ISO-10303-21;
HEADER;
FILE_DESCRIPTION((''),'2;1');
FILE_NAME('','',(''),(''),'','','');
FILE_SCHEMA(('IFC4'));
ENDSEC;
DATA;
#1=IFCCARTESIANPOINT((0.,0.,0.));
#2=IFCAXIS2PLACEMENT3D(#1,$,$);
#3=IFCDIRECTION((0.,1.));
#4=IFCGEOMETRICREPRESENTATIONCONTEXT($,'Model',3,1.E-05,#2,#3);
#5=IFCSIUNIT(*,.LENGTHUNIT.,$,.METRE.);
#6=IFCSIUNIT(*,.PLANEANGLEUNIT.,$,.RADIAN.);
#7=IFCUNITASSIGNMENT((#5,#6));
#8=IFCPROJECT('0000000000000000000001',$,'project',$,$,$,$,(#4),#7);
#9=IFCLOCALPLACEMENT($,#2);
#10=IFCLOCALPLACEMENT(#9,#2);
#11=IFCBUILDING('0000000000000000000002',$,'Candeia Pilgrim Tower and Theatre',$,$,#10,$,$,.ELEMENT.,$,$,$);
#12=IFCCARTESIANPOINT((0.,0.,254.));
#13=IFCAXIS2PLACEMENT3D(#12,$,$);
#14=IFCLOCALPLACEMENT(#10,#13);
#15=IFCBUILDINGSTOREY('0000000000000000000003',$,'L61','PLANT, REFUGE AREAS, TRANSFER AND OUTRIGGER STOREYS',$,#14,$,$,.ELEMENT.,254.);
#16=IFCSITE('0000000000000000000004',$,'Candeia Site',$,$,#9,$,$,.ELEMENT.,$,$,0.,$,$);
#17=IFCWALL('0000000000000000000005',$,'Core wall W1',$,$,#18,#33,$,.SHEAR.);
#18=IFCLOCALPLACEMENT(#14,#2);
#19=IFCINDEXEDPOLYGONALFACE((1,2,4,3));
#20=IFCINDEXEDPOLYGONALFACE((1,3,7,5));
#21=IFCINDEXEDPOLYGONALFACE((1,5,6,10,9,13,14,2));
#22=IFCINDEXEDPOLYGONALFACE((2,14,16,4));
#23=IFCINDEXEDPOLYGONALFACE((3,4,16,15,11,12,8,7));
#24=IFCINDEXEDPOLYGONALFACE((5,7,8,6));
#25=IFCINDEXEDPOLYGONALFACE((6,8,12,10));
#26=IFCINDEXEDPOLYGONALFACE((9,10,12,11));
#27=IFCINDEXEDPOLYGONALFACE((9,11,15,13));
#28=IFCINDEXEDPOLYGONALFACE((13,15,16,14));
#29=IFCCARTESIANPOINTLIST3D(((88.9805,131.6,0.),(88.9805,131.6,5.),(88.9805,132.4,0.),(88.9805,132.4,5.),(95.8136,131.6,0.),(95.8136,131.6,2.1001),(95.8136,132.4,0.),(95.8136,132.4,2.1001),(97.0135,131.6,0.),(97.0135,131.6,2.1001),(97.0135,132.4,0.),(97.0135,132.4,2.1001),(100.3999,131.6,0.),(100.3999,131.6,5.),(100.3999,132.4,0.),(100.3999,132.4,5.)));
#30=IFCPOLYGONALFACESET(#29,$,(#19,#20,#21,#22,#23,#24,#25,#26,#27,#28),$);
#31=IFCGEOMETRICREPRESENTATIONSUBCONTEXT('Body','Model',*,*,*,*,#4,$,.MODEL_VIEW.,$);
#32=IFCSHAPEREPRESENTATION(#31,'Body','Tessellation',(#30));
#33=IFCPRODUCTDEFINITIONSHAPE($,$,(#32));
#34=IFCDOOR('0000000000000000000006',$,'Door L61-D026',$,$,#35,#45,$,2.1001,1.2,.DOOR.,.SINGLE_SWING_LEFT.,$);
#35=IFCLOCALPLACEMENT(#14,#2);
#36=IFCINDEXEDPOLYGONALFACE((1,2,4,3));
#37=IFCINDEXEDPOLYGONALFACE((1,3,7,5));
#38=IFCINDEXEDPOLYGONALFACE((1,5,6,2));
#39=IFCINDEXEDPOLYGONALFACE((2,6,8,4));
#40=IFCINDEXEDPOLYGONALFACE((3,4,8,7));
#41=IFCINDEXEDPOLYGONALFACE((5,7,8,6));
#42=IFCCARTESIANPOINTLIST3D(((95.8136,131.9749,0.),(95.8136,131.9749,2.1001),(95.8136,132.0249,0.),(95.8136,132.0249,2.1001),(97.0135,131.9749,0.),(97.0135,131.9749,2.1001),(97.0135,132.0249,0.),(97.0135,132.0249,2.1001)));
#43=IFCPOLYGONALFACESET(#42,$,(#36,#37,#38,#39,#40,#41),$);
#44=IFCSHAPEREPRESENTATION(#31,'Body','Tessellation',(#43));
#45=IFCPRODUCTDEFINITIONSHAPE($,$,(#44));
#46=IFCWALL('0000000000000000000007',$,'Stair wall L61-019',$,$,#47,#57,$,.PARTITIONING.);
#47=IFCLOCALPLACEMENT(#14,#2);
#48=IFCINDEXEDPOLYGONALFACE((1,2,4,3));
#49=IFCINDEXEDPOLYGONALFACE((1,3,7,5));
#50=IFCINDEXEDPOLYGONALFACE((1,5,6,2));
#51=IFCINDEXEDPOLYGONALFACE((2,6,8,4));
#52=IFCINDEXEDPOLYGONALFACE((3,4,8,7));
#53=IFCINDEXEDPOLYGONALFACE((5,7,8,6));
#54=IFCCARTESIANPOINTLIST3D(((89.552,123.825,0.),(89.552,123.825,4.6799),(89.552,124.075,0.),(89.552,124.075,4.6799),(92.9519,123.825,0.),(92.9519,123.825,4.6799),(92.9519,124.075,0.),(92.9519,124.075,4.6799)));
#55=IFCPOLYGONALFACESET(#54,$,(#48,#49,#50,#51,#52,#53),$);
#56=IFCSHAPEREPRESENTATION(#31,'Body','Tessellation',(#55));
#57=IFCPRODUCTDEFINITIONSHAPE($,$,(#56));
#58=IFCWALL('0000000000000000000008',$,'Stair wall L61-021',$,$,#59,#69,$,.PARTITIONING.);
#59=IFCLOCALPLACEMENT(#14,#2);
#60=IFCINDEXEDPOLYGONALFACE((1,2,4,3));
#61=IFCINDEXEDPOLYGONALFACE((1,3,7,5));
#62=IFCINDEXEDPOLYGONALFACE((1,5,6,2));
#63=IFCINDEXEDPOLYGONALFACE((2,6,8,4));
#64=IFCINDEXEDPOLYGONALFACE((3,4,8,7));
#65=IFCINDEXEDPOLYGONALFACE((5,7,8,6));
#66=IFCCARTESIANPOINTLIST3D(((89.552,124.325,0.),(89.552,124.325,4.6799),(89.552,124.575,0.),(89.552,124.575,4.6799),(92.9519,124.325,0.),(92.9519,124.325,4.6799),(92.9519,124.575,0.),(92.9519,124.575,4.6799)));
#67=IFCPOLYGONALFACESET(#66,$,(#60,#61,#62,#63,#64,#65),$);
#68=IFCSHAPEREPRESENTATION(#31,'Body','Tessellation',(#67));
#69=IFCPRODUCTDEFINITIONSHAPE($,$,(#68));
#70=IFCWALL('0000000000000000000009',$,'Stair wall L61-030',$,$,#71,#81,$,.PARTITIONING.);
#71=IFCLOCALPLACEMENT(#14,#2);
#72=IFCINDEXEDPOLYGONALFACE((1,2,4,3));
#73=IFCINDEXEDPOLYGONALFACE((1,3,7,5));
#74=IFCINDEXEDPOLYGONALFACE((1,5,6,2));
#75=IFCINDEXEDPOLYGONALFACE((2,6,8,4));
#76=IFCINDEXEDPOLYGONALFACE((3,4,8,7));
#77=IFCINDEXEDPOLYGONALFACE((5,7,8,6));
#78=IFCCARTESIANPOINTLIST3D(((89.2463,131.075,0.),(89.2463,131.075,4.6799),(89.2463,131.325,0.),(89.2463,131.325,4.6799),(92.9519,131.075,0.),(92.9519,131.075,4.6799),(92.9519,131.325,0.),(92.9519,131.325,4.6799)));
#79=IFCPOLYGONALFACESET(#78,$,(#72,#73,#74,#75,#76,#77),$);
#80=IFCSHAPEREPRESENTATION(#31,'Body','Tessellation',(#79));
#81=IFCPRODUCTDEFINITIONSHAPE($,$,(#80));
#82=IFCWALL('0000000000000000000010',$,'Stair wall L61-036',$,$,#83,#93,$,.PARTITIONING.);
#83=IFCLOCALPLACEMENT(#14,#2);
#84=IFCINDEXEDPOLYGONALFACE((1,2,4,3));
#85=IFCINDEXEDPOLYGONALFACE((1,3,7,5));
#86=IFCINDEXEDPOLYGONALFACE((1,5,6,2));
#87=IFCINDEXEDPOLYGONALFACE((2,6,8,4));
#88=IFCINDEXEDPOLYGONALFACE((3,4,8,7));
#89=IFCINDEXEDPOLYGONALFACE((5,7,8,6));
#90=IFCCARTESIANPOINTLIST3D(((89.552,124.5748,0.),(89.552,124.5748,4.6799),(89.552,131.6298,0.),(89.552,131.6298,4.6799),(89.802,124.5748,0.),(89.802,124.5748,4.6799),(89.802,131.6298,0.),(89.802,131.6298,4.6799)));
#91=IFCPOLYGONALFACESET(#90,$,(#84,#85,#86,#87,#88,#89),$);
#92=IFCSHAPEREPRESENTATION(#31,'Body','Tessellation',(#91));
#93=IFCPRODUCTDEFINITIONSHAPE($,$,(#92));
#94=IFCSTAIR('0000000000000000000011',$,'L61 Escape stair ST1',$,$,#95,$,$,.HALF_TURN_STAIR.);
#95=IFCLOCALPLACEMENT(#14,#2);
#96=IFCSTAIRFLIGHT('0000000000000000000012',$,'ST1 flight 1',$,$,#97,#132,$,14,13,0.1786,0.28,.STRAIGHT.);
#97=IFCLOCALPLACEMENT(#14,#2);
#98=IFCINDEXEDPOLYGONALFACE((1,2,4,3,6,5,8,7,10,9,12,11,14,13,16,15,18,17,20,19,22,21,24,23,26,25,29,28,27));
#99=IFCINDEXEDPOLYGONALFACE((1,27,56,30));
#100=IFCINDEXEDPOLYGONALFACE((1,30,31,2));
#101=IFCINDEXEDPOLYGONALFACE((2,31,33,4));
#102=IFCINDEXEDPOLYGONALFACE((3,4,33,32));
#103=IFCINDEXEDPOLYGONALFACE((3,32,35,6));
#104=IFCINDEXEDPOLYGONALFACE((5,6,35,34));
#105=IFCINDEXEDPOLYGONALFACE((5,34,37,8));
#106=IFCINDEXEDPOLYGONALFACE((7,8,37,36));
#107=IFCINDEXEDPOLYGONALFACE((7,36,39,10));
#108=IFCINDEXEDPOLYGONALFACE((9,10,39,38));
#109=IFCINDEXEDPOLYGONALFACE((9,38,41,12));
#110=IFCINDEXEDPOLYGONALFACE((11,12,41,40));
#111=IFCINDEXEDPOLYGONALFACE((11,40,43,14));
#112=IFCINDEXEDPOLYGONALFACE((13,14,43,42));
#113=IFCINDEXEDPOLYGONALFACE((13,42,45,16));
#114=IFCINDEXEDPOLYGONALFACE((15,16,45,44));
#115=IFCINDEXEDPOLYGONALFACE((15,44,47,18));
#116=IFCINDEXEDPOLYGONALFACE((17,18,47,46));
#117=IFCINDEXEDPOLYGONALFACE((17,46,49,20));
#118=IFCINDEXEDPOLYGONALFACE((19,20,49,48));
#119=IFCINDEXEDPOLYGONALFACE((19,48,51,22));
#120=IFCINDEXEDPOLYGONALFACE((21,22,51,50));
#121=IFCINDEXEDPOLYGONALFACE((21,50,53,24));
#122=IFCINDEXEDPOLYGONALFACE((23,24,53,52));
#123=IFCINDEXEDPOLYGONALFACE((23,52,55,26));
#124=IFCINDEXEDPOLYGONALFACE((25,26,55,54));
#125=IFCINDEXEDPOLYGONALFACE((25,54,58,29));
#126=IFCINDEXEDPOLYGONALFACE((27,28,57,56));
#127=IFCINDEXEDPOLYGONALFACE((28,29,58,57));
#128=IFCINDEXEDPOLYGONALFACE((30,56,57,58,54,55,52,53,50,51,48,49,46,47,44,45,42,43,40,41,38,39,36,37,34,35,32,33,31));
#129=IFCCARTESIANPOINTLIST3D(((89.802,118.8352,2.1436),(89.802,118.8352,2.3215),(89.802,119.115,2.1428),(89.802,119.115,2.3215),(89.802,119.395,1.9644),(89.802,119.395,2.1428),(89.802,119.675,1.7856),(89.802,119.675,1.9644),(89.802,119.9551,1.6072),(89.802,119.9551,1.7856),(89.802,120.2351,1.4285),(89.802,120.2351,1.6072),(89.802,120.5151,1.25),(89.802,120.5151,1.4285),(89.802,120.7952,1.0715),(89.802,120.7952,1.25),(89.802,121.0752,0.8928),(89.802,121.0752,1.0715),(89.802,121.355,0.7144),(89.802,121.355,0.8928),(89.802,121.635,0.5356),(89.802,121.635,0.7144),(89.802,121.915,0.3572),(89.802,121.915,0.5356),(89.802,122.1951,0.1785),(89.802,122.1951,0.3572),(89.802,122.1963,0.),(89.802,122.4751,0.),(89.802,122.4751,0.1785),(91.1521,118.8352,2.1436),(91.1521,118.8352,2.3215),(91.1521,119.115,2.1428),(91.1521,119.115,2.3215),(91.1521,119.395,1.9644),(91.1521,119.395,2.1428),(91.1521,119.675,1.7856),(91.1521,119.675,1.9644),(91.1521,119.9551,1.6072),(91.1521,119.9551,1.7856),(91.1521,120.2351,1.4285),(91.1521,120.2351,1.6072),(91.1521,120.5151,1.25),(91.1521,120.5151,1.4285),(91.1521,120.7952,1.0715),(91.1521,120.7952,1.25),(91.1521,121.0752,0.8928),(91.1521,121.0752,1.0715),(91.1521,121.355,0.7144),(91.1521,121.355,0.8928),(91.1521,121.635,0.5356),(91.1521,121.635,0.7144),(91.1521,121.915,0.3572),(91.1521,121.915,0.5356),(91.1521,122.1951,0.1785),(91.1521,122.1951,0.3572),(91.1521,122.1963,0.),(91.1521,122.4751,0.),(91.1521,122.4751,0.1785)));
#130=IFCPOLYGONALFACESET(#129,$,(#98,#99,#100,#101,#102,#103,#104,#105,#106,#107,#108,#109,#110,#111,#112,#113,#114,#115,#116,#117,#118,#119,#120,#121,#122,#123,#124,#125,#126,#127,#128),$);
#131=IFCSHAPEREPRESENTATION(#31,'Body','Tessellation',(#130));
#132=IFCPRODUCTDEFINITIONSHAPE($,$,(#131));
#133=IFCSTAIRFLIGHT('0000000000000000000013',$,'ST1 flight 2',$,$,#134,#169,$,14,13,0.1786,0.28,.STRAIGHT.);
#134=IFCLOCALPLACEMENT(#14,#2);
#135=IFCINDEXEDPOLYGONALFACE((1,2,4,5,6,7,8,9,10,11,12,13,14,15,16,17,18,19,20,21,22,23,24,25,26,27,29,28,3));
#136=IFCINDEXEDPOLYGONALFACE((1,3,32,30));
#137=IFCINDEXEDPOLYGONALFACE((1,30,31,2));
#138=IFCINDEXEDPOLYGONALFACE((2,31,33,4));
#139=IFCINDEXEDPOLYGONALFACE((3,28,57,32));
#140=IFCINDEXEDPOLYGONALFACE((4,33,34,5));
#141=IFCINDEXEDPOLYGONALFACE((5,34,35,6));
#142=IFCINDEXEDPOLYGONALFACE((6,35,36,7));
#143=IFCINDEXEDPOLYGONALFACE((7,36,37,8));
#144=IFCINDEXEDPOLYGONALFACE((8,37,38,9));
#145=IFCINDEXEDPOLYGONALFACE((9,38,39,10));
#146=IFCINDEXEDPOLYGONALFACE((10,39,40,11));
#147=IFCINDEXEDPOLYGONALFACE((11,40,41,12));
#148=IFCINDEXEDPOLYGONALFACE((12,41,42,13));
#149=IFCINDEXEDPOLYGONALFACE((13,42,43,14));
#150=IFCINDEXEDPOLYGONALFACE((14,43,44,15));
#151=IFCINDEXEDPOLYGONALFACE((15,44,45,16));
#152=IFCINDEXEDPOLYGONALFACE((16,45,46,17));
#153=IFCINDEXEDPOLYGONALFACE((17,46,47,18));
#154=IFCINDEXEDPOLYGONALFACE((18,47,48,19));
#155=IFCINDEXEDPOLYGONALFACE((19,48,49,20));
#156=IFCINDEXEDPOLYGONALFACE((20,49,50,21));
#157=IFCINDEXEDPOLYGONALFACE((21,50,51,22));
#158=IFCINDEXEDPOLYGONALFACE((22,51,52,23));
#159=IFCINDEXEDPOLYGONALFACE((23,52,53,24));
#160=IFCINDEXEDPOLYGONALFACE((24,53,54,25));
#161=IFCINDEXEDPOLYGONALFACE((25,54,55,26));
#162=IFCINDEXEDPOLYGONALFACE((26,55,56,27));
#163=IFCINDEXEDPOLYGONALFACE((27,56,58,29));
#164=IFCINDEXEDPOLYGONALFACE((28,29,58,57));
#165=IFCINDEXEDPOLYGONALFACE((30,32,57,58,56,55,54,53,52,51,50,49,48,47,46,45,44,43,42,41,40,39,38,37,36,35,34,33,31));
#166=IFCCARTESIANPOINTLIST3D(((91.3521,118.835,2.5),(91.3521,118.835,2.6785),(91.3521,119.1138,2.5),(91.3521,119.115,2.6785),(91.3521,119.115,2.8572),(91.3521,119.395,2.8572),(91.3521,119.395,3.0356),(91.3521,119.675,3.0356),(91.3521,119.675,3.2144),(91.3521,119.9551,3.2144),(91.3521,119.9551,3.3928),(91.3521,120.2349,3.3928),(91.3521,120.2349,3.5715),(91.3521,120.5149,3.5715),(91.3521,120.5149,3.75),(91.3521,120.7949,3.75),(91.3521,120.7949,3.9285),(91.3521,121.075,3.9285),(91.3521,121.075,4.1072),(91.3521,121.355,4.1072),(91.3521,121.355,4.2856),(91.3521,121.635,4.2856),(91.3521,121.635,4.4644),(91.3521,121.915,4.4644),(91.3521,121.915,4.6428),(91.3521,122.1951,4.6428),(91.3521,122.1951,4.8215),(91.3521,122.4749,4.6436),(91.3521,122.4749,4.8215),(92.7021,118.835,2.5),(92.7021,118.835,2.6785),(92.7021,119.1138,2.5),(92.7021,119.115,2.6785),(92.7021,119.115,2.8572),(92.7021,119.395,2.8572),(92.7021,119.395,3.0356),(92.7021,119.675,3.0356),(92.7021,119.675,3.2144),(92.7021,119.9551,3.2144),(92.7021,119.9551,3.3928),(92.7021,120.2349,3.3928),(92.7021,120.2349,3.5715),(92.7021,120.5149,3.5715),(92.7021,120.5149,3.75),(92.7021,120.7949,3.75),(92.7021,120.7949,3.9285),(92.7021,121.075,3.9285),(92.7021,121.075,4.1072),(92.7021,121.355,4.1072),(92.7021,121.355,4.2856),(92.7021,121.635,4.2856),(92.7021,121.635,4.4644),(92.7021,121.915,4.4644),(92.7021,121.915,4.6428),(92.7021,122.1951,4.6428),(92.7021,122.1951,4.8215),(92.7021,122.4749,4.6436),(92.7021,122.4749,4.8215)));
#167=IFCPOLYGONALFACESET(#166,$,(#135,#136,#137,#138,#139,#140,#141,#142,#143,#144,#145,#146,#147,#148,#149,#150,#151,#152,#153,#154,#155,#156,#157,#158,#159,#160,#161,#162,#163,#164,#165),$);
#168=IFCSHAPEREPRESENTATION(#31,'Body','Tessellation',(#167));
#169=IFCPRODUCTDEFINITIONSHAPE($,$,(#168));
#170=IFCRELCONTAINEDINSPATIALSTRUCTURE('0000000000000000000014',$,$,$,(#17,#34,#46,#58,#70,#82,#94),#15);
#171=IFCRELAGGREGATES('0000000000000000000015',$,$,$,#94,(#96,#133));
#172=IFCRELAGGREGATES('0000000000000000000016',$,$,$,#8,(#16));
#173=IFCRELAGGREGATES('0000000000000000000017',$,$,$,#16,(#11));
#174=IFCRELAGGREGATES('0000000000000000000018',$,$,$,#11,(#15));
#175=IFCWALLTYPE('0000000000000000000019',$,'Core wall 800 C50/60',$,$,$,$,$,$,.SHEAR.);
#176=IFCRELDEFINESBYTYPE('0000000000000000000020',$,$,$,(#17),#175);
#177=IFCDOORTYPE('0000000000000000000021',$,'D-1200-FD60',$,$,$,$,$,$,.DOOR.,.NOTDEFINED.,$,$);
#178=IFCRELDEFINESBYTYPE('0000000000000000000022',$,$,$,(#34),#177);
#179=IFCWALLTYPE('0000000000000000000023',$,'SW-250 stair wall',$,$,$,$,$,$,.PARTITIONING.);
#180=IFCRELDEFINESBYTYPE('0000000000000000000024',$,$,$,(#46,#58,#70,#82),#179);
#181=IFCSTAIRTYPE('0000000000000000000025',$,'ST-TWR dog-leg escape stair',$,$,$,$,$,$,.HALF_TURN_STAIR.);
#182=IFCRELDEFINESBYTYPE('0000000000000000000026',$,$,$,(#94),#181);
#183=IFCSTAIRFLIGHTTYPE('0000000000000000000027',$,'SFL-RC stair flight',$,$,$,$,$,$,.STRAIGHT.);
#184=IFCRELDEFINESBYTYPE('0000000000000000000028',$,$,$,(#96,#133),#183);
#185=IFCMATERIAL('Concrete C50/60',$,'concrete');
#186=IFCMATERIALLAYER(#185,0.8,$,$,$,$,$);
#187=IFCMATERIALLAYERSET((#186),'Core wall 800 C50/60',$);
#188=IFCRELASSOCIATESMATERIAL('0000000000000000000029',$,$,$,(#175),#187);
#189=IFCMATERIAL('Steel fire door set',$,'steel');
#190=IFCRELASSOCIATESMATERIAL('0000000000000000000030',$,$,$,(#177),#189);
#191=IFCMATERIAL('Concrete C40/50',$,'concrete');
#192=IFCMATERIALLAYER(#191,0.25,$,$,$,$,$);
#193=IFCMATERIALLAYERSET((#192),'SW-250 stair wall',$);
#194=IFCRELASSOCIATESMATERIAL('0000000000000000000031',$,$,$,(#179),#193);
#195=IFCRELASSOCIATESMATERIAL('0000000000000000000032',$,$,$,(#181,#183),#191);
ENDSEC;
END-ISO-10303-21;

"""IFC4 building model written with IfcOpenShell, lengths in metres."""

from ifc_helpers import new_model, si_unit, direction, frame, frame_2d, origin, place, context, subcontext, project, spatial, polyline, rectangle, outline, extrude, material, layer, layer_set, type_object, element, fill, aggregate, save


model = new_model("IFC4")

# Units and contexts
model_context = context("Model", 3, precision=1e-05, world=origin(), true_north=direction((0.0, 1.0)))
body_context = subcontext(model_context, "Body", "Model", "MODEL_VIEW")
ifc_project = project(units=[si_unit("LENGTHUNIT", "METRE"), si_unit("PLANEANGLEUNIT", "RADIAN")], contexts=[model_context])

# Site, building, storey
site_placement = place(None, origin())
site = spatial("IfcSite", under=ifc_project, at=site_placement, Name="Candeia Site", CompositionType="ELEMENT", RefElevation=0.0)
building_placement = place(site_placement, origin())
building = spatial("IfcBuilding", under=site, at=building_placement, Name="Candeia Pilgrim Tower and Theatre", CompositionType="ELEMENT")
storey_placement = place(building_placement, frame((0.0, 0.0, 254.0)))
storey = spatial("IfcBuildingStorey", under=building, at=storey_placement, Name="L61", Description="PLANT, REFUGE AREAS, TRANSFER AND OUTRIGGER STOREYS", CompositionType="ELEMENT", Elevation=254.0)

# Wall, opening, door
ifc_material_1 = material(Name="Concrete C50/60", Category="concrete")
ifc_layer_1 = layer(ifc_material_1, 0.8)
ifc_layer_set_1 = layer_set([ifc_layer_1], Name="Core wall 800 C50/60")
wall_type_1 = type_object("IfcWallType", Name="Core wall 800 C50/60", PredefinedType="SHEAR", material=ifc_layer_set_1)
wall_1_placement = place(storey_placement, frame((88.9805, 132.0, 0.0), z_axis=(0.0, 0.0, 1.0), x_axis=(1.0, 0.0, 0.0)))
wall_1 = element("IfcWall", 1, at=wall_1_placement, inside=storey, type_object=wall_type_1, Name="Core wall W1", PredefinedType="SHEAR", context=body_context, shape_type="SweptSolid", body=[
    extrude(rectangle(XDim=11.4194, YDim=0.8, at=frame_2d((5.7097, 0.0))), origin(), (0.0, 0.0, 1.0), 5.0),
])
opening_placement = place(wall_1_placement, frame((6.833, 0.0, 0.0)))
opening = element("IfcOpeningElement", 2, at=opening_placement, cuts=wall_1, PredefinedType="OPENING", context=body_context, shape_type="SweptSolid", body=[
    extrude(rectangle(XDim=1.2, YDim=2.1001, at=frame_2d((0.6001, 1.05))), frame((0.0, 0.4102, 0.0), z_axis=(0.0, -1.0, 0.0), x_axis=(1.0, 0.0, 0.0)), (0.0, 0.0, 1.0), 0.8201),
])
ifc_material_2 = material(Name="Steel fire door set", Category="steel")
door_type = type_object("IfcDoorType", Name="D-1200-FD60", OperationType="NOTDEFINED", PredefinedType="DOOR", material=ifc_material_2)
door_placement = place(opening_placement, origin())
door = element("IfcDoor", 3, at=door_placement, inside=storey, type_object=door_type, Name="Door L61-D026", OperationType="SINGLE_SWING_LEFT", OverallHeight=2.1001, OverallWidth=1.2, PredefinedType="DOOR", context=body_context, shape_type="SweptSolid", body=[
    extrude(rectangle(XDim=1.2, YDim=2.1001, at=frame_2d((0.6001, 1.05))), frame((0.0, 0.0249, 0.0), z_axis=(0.0, -1.0, 0.0), x_axis=(1.0, 0.0, 0.0)), (0.0, 0.0, 1.0), 0.05),
])
fill(opening, door)

# Walls
ifc_material_3 = material(Name="Concrete C40/50", Category="concrete")
ifc_layer_2 = layer(ifc_material_3, 0.25)
ifc_layer_set_2 = layer_set([ifc_layer_2], Name="SW-250 stair wall")
wall_type_2 = type_object("IfcWallType", Name="SW-250 stair wall", PredefinedType="PARTITIONING", material=ifc_layer_set_2)
for number, where, z_axis, x_axis, name in (
    (4, (89.552, 123.95, 0.0), (0.0, 0.0, 1.0), (1.0, 0.0, 0.0), "Stair wall L61-019"),
    (5, (89.552, 124.45, 0.0), (0.0, 0.0, 1.0), (1.0, 0.0, 0.0), "Stair wall L61-021"),
):
    element("IfcWall", number, at=place(storey_placement, frame(where, z_axis=z_axis, x_axis=x_axis)), inside=storey, type_object=wall_type_2, Name=name, PredefinedType="PARTITIONING", context=body_context, shape_type="SweptSolid", body=[
        extrude(rectangle(XDim=3.3999, YDim=0.25, at=frame_2d((1.7, 0.0))), origin(), (0.0, 0.0, 1.0), 4.6799),
    ])
wall_2_placement = place(storey_placement, frame((89.2463, 131.2, 0.0), z_axis=(0.0, 0.0, 1.0), x_axis=(1.0, 0.0, 0.0)))
element("IfcWall", 6, at=wall_2_placement, inside=storey, type_object=wall_type_2, Name="Stair wall L61-030", PredefinedType="PARTITIONING", context=body_context, shape_type="SweptSolid", body=[
    extrude(rectangle(XDim=3.7056, YDim=0.25, at=frame_2d((1.8528, 0.0))), origin(), (0.0, 0.0, 1.0), 4.6799),
])
wall_3_placement = place(storey_placement, frame((89.677, 124.575, 0.0), z_axis=(0.0, 0.0, 1.0), x_axis=(0.0, 1.0, 0.0)))
element("IfcWall", 7, at=wall_3_placement, inside=storey, type_object=wall_type_2, Name="Stair wall L61-036", PredefinedType="PARTITIONING", context=body_context, shape_type="SweptSolid", body=[
    extrude(rectangle(XDim=7.0549, YDim=0.25, at=frame_2d((3.5273, 0.0))), origin(), (0.0, 0.0, 1.0), 4.6799),
])

# Stair, stair flights
stair_type = type_object("IfcStairType", Name="ST-TWR dog-leg escape stair", PredefinedType="HALF_TURN_STAIR", material=ifc_material_3)
stair_1_placement = place(storey_placement, origin())
stair_1 = element("IfcStair", 8, at=stair_1_placement, inside=storey, type_object=stair_type, Name="L61 Escape stair ST1", PredefinedType="HALF_TURN_STAIR")
stair_flight_type = type_object("IfcStairFlightType", Name="SFL-RC stair flight", PredefinedType="STRAIGHT", material=ifc_material_3)
stair_flight_1_placement = place(storey_placement, frame((90.4771, 122.4751, 0.0), z_axis=(0.0, 0.0, 1.0), x_axis=(0.0, -1.0, 0.0)))
stair_flight_1 = element("IfcStairFlight", 9, at=stair_flight_1_placement, type_object=stair_flight_type, Name="ST1 flight 1", NumberOfRisers=14, NumberOfTreads=13, PredefinedType="STRAIGHT", RiserHeight=0.1786, TreadLength=0.28, context=body_context, shape_type="SweptSolid", body=[
    extrude(outline(polyline([(0.0, 0.0), (0.0, 0.1785), (0.28, 0.1785), (0.28, 0.3572), (0.5601, 0.3572), (0.5601, 0.5356), (0.8401, 0.5356), (0.8401, 0.7144), (1.1201, 0.7144), (1.1201, 0.8928), (1.3999, 0.8928), (1.3999, 1.0715), (1.6799, 1.0715), (1.6799, 1.25), (1.96, 1.25), (1.96, 1.4285), (2.24, 1.4285), (2.24, 1.6072), (2.52, 1.6072), (2.52, 1.7856), (2.8, 1.7856), (2.8, 1.9644), (3.0801, 1.9644), (3.0801, 2.1428), (3.3601, 2.1428), (3.3601, 2.3215), (3.6399, 2.3215), (3.6399, 2.5), (3.6399, 2.1436), (0.2788, 0.0), (0.0, 0.0)])), frame((0.0, 0.675, 0.0), z_axis=(0.0, -1.0, 0.0), x_axis=(1.0, 0.0, 0.0)), (0.0, 0.0, 1.0), 1.3501),
])
stair_flight_2_placement = place(storey_placement, frame((92.0271, 118.835, 2.5), z_axis=(0.0, 0.0, 1.0), x_axis=(0.0, 1.0, 0.0)))
stair_flight_2 = element("IfcStairFlight", 10, at=stair_flight_2_placement, type_object=stair_flight_type, Name="ST1 flight 2", NumberOfRisers=14, NumberOfTreads=13, PredefinedType="STRAIGHT", RiserHeight=0.1786, TreadLength=0.28, context=body_context, shape_type="SweptSolid", body=[
    extrude(outline(polyline([(0.0, 0.0), (0.0, 0.1785), (0.28, 0.1785), (0.28, 0.3572), (0.5601, 0.3572), (0.5601, 0.5356), (0.8401, 0.5356), (0.8401, 0.7144), (1.1201, 0.7144), (1.1201, 0.8928), (1.3999, 0.8928), (1.3999, 1.0715), (1.6799, 1.0715), (1.6799, 1.25), (1.96, 1.25), (1.96, 1.4285), (2.24, 1.4285), (2.24, 1.6072), (2.52, 1.6072), (2.52, 1.7856), (2.8, 1.7856), (2.8, 1.9644), (3.0801, 1.9644), (3.0801, 2.1428), (3.3601, 2.1428), (3.3601, 2.3215), (3.6399, 2.3215), (3.6399, 2.5), (3.6399, 2.1436), (0.2788, 0.0), (0.0, 0.0)])), frame((0.0, 0.675, 0.0), z_axis=(0.0, -1.0, 0.0), x_axis=(1.0, 0.0, 0.0)), (0.0, 0.0, 1.0), 1.3501),
])
aggregate(stair_1, [stair_flight_1, stair_flight_2])

save(model, "model.ifc")
